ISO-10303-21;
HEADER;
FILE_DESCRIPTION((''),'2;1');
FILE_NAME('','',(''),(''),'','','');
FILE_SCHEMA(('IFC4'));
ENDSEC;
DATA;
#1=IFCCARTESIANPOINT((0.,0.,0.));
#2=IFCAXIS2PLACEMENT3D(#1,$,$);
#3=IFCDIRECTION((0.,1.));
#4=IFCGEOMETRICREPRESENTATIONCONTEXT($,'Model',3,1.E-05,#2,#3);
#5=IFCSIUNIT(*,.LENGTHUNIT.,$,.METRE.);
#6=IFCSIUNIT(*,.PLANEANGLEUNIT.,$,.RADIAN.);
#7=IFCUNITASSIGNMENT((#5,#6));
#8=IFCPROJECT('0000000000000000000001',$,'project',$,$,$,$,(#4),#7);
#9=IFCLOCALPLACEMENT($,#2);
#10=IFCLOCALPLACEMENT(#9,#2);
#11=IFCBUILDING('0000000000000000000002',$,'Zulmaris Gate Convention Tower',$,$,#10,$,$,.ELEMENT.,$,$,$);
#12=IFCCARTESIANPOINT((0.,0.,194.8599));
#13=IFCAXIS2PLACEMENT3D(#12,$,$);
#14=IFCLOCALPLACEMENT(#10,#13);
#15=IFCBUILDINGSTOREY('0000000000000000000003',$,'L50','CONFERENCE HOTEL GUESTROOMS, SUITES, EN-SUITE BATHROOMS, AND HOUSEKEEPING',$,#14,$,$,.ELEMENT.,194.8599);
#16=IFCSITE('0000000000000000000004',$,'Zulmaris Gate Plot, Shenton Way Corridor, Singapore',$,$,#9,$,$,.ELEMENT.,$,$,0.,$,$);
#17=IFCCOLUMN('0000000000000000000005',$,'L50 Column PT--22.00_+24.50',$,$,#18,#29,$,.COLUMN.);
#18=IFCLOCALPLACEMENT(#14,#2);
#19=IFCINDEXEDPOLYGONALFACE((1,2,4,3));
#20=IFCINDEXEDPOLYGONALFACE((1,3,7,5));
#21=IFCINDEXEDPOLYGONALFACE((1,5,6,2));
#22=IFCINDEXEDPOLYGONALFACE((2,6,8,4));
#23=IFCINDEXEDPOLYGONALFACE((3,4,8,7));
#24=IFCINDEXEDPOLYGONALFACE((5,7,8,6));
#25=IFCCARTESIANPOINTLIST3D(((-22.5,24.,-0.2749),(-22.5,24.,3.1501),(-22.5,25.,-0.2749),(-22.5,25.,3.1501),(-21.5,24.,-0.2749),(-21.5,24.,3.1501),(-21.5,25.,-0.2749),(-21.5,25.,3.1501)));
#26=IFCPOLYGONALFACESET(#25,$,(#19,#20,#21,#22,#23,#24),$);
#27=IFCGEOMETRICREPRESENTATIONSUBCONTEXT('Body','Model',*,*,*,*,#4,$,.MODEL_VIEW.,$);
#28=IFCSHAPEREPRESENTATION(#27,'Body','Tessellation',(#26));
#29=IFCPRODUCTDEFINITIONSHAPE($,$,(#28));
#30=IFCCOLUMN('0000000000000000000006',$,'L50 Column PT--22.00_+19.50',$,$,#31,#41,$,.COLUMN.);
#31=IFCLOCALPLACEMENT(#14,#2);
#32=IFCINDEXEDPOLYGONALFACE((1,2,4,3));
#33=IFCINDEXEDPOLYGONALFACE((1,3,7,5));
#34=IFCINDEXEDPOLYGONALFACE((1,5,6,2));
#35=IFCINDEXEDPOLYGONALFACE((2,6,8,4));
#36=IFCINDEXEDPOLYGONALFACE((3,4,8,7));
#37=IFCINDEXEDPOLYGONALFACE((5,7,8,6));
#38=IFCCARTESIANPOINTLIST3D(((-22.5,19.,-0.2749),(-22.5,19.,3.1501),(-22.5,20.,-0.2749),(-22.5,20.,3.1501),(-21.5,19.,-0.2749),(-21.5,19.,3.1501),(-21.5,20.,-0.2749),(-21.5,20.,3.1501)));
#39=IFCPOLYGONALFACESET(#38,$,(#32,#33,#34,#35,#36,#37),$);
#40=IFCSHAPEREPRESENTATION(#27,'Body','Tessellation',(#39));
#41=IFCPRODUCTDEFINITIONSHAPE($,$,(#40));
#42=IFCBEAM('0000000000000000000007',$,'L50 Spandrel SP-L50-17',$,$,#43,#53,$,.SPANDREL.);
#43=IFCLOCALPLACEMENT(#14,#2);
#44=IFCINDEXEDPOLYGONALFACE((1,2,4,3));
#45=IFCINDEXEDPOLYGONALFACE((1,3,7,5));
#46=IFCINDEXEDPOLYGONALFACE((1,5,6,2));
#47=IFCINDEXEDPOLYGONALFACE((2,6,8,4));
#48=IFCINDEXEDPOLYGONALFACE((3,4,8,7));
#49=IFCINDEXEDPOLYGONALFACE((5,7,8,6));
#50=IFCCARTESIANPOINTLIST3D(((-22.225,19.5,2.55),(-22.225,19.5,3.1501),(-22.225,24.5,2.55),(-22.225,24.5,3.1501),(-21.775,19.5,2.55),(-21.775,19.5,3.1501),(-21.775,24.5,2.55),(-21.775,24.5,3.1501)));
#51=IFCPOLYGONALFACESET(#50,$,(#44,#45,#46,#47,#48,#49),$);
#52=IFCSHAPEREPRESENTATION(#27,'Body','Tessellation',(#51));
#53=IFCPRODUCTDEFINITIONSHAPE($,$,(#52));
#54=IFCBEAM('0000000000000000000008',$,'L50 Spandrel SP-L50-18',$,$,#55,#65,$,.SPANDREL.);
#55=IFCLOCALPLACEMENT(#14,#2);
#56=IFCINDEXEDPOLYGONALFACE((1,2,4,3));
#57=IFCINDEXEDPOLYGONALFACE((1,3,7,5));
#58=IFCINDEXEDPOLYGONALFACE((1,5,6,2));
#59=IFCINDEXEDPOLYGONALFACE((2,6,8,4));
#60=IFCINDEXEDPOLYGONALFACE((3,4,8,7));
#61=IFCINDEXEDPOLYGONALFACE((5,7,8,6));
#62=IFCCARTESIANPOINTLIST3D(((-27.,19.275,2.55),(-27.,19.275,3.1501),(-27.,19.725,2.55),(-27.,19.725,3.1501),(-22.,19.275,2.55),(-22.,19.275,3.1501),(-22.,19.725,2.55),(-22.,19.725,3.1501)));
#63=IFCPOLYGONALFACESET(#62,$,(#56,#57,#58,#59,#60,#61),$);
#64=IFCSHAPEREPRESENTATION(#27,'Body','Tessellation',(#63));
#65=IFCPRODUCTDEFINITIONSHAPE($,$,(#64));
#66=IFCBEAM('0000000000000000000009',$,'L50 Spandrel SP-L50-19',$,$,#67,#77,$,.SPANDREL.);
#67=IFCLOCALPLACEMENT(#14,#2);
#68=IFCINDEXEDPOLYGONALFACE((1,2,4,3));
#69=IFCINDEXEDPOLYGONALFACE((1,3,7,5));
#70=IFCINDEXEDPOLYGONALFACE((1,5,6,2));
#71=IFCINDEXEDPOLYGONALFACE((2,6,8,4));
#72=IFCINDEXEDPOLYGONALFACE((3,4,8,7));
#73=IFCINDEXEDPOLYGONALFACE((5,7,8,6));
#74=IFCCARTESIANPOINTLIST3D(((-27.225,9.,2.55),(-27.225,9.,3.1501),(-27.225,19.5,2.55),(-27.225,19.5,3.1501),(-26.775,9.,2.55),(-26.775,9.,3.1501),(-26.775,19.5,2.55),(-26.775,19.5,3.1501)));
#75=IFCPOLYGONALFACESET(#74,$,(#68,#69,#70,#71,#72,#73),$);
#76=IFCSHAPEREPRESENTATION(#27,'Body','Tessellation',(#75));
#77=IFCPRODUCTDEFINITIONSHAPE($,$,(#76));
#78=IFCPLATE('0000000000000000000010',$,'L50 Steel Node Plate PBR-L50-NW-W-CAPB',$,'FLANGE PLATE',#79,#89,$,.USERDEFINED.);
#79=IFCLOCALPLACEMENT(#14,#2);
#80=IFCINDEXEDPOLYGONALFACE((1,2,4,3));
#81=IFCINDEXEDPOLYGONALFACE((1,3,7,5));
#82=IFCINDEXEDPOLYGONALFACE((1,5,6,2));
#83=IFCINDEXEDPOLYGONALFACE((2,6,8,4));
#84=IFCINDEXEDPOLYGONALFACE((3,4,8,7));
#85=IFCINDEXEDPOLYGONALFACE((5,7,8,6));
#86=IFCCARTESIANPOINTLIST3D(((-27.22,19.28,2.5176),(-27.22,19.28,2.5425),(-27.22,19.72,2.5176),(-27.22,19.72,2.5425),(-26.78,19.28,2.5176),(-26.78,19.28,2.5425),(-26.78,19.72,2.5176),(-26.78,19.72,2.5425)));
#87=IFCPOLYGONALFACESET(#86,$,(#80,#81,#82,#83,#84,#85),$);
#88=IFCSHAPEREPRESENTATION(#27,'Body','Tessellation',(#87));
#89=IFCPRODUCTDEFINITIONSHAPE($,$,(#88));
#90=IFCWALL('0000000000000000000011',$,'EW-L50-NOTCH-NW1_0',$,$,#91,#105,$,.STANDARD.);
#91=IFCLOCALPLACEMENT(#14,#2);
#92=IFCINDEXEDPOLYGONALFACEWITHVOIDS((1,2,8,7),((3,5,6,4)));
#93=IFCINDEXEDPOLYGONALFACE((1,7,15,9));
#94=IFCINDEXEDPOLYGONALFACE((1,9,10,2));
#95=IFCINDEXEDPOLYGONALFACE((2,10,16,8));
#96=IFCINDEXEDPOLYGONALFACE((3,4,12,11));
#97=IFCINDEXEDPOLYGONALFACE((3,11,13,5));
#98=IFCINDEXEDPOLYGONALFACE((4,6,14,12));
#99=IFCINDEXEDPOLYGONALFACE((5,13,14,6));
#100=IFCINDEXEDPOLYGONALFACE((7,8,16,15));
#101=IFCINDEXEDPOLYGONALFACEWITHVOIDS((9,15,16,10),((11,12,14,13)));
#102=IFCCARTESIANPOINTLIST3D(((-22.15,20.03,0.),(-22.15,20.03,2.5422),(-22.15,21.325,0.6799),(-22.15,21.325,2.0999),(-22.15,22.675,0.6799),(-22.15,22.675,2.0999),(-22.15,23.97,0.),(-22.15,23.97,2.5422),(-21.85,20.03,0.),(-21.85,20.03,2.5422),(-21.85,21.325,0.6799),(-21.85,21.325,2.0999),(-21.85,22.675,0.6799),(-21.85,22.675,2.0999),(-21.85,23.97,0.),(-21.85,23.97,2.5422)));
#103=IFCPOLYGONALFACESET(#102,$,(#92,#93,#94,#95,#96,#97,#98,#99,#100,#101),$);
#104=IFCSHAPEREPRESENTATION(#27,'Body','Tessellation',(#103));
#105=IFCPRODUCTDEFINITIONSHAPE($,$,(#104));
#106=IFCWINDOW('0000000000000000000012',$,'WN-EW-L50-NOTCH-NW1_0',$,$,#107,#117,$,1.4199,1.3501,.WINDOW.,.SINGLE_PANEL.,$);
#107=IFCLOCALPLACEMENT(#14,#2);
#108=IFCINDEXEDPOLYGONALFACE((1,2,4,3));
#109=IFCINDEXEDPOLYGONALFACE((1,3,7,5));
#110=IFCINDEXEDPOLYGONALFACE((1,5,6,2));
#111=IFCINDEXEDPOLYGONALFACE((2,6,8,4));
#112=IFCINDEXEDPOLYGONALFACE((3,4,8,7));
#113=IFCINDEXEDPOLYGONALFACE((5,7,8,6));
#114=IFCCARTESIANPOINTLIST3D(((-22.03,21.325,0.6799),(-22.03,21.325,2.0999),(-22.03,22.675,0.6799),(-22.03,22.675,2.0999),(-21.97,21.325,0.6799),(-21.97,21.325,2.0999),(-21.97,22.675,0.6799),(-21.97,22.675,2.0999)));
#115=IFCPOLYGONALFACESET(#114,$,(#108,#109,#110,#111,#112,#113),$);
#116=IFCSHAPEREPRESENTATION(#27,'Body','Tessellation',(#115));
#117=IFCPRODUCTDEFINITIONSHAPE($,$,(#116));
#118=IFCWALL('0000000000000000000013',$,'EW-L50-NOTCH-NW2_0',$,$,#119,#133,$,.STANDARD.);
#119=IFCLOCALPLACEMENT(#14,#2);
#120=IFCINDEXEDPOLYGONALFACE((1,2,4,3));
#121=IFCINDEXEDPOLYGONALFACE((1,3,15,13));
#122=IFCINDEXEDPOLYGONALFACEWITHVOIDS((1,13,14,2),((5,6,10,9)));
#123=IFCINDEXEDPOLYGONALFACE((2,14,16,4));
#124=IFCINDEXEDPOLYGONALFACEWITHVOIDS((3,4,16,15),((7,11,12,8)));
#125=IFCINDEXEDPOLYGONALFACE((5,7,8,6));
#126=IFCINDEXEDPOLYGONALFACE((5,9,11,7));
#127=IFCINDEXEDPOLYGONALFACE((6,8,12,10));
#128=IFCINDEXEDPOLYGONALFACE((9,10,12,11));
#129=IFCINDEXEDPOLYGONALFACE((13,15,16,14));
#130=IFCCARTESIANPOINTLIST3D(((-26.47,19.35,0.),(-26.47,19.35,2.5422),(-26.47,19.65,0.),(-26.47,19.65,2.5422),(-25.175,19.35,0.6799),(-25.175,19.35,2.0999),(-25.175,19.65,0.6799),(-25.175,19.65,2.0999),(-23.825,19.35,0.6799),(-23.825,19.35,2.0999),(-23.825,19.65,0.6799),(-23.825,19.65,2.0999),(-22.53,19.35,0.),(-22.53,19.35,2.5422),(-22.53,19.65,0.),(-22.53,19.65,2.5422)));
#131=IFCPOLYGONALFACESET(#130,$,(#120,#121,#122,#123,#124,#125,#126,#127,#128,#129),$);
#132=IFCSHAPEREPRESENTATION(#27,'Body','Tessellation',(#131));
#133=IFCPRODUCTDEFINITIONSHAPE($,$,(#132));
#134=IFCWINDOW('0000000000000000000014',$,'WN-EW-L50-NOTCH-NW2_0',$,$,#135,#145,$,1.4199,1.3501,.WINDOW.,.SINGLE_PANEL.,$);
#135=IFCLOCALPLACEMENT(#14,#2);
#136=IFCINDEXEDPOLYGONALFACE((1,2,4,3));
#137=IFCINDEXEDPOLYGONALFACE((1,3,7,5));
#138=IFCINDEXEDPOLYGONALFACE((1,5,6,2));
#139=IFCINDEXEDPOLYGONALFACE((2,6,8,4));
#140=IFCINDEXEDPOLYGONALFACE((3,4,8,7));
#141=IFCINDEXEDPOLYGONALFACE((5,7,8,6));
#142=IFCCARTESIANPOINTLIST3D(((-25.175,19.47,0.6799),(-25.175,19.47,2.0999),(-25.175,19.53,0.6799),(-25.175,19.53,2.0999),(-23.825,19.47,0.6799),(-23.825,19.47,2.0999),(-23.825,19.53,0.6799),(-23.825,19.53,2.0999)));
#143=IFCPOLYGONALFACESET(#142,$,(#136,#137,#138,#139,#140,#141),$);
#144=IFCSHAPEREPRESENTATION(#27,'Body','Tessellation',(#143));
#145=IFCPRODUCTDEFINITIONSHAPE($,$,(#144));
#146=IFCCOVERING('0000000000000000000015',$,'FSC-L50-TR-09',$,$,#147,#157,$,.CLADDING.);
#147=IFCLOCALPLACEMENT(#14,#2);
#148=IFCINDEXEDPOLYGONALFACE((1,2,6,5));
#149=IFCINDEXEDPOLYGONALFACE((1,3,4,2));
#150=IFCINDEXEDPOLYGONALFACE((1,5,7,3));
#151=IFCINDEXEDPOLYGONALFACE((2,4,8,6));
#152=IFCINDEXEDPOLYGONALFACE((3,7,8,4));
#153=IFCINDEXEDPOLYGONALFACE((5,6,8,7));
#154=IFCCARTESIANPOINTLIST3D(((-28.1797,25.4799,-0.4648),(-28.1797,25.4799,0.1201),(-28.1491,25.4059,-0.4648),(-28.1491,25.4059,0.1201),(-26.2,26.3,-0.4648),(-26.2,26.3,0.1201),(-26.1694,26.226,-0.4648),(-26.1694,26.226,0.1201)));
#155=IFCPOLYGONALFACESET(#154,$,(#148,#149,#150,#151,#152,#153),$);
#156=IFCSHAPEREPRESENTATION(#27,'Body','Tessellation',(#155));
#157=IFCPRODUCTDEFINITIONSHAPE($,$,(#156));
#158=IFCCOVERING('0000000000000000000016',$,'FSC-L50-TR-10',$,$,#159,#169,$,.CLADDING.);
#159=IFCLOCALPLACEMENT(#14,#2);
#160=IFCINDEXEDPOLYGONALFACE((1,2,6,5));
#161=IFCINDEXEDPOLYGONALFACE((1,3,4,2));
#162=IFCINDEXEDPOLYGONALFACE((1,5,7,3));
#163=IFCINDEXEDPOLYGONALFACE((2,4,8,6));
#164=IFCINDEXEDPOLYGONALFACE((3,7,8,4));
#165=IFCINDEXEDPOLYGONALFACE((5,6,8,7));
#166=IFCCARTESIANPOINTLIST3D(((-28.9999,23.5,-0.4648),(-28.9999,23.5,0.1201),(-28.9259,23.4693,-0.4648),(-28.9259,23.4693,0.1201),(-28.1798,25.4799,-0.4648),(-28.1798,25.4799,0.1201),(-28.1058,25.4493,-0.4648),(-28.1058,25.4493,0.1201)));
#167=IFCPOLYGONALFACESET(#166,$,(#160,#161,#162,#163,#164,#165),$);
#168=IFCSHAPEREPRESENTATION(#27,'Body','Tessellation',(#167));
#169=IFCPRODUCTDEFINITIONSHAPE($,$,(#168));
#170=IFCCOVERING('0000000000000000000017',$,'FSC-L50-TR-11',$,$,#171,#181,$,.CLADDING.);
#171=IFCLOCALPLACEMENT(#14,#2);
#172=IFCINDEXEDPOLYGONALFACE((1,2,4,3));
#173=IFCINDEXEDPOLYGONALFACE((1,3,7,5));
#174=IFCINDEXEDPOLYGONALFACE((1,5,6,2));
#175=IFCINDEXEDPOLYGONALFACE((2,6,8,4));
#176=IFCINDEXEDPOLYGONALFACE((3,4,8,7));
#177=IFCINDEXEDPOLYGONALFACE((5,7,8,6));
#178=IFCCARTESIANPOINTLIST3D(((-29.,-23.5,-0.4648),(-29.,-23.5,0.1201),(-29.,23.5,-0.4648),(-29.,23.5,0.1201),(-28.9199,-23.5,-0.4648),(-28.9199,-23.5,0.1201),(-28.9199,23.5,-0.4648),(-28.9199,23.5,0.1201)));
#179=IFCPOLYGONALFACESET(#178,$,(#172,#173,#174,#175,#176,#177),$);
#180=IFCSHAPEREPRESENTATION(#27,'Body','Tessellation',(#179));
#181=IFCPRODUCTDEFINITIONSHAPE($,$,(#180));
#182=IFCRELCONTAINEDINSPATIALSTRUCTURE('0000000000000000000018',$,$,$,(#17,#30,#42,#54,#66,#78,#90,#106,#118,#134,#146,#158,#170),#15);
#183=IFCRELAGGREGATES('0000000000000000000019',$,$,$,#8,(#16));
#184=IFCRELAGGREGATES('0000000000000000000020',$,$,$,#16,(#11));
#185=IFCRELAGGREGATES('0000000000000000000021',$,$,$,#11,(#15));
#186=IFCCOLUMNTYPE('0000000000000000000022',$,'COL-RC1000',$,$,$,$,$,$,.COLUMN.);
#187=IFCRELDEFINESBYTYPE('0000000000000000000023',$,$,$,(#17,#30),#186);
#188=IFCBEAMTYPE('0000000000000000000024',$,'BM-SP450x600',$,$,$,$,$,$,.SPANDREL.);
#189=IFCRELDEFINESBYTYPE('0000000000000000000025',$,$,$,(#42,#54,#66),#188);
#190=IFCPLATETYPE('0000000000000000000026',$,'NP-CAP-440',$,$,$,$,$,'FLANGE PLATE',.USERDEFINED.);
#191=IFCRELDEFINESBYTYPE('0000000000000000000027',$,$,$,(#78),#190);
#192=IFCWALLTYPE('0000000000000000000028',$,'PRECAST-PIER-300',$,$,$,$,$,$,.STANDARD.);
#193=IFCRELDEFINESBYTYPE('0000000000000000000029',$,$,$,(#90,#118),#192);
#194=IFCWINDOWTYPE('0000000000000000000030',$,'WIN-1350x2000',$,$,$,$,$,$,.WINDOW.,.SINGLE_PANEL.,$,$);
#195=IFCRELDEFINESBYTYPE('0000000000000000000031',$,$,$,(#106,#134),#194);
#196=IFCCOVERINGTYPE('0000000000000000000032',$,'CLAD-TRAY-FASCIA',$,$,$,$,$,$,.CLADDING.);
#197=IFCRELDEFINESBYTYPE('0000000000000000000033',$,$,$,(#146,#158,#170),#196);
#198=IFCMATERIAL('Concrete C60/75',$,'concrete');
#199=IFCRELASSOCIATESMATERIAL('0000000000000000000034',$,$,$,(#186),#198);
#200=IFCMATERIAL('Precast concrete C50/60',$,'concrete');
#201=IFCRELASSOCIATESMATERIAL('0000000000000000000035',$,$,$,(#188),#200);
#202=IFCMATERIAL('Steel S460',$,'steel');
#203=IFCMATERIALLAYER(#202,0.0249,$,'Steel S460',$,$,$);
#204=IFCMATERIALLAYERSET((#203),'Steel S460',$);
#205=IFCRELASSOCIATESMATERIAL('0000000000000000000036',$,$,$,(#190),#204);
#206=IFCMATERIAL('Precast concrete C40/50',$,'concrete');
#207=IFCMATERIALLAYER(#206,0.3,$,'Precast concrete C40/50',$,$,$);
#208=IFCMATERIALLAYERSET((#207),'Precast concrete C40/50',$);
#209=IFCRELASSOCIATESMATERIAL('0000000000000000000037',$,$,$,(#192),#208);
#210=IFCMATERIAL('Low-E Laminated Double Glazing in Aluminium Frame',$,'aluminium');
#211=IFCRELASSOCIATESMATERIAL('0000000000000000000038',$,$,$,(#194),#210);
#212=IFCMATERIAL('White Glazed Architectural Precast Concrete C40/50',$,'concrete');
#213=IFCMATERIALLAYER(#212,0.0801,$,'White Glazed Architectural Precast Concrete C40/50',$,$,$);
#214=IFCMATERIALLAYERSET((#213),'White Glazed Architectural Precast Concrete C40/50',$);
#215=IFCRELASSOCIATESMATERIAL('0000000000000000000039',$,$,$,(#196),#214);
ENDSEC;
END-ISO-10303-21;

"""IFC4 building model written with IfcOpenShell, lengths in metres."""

from ifc_helpers import new_model, si_unit, direction, frame, frame_2d, origin, origin_2d, place, context, subcontext, project, spatial, rectangle, extrude, material, layer, layer_set, material_profile, profile_set, type_object, element, fill, save


model = new_model("IFC4")

# Units and contexts
model_context = context("Model", 3, precision=1e-05, world=origin(), true_north=direction((0.0, 1.0)))
body_context = subcontext(model_context, "Body", "Model", "MODEL_VIEW")
ifc_project = project(units=[si_unit("LENGTHUNIT", "METRE"), si_unit("PLANEANGLEUNIT", "RADIAN")], contexts=[model_context])

# Site, building, storey
site_placement = place(None, origin())
site = spatial("IfcSite", under=ifc_project, at=site_placement, Name="Zulmaris Gate Plot, Shenton Way Corridor, Singapore", CompositionType="ELEMENT", RefElevation=0.0)
building_placement = place(site_placement, origin())
building = spatial("IfcBuilding", under=site, at=building_placement, Name="Zulmaris Gate Convention Tower", CompositionType="ELEMENT")
storey_placement = place(building_placement, frame((0.0, 0.0, 194.8599)))
storey = spatial("IfcBuildingStorey", under=building, at=storey_placement, Name="L50", Description="CONFERENCE HOTEL GUESTROOMS, SUITES, EN-SUITE BATHROOMS, AND HOUSEKEEPING", CompositionType="ELEMENT", Elevation=194.8599)

# Columns
ifc_material_1 = material(Name="Concrete C60/75", Category="concrete")
ifc_material_profile_1 = material_profile(ifc_material_1, rectangle(XDim=1.0, YDim=1.0, at=origin_2d()), Name="RC COL 1000x1000")
ifc_profile_set_1 = profile_set([ifc_material_profile_1], Name="Concrete C60/75")
column_type = type_object("IfcColumnType", Name="COL-RC1000", PredefinedType="COLUMN", material=ifc_profile_set_1)
for number, where, z_axis, x_axis, name in (
    (1, (-22.0, 24.5, -0.2749), (0.0, 0.0, 1.0), (1.0, 0.0, 0.0), "L50 Column PT--22.00_+24.50"),
    (2, (-22.0, 19.5, -0.2749), (0.0, 0.0, 1.0), (1.0, 0.0, 0.0), "L50 Column PT--22.00_+19.50"),
):
    element("IfcColumn", number, at=place(storey_placement, frame(where, z_axis=z_axis, x_axis=x_axis)), inside=storey, type_object=column_type, Name=name, PredefinedType="COLUMN", context=body_context, shape_type="SweptSolid", body=[
        extrude(rectangle(XDim=1.0, YDim=1.0, at=origin_2d()), origin(), (0.0, 0.0, 1.0), 3.425),
    ])

# Beams
ifc_material_2 = material(Name="Precast concrete C50/60", Category="concrete")
ifc_material_profile_2 = material_profile(ifc_material_2, rectangle(XDim=0.45, YDim=0.6001, at=origin_2d()), Name="RC SPANDREL 450x600")
ifc_profile_set_2 = profile_set([ifc_material_profile_2], Name="Precast concrete C50/60")
beam_type = type_object("IfcBeamType", Name="BM-SP450x600", PredefinedType="SPANDREL", material=ifc_profile_set_2)
for number, where, z_axis, x_axis, name in (
    (3, (-22.0, 24.5, 2.8501), (0.0, -1.0, 0.0), (1.0, 0.0, 0.0), "L50 Spandrel SP-L50-17"),
    (4, (-22.0, 19.5, 2.8501), (-1.0, 0.0, 0.0), (0.0, -1.0, 0.0), "L50 Spandrel SP-L50-18"),
):
    element("IfcBeam", number, at=place(storey_placement, frame(where, z_axis=z_axis, x_axis=x_axis)), inside=storey, type_object=beam_type, Name=name, PredefinedType="SPANDREL", context=body_context, shape_type="SweptSolid", body=[
        extrude(rectangle(XDim=0.45, YDim=0.6001, at=origin_2d()), origin(), (0.0, 0.0, 1.0), 5.0),
    ])
beam_placement = place(storey_placement, frame((-27.0, 19.5, 2.8501), z_axis=(0.0, -1.0, 0.0), x_axis=(1.0, 0.0, 0.0)))
element("IfcBeam", 5, at=beam_placement, inside=storey, type_object=beam_type, Name="L50 Spandrel SP-L50-19", PredefinedType="SPANDREL", context=body_context, shape_type="SweptSolid", body=[
    extrude(rectangle(XDim=0.45, YDim=0.6001, at=origin_2d()), origin(), (0.0, 0.0, 1.0), 10.5),
])

# Plate
ifc_material_3 = material(Name="Steel S460", Category="steel")
ifc_layer_1 = layer(ifc_material_3, 0.0249, Name="Steel S460")
ifc_layer_set_1 = layer_set([ifc_layer_1], Name="Steel S460")
plate_type = type_object("IfcPlateType", Name="NP-CAP-440", ElementType="FLANGE PLATE", PredefinedType="USERDEFINED", material=ifc_layer_set_1)
plate_placement = place(storey_placement, frame((-27.0, 19.5, 2.5176), z_axis=(0.0, 0.0, 1.0), x_axis=(1.0, 0.0, 0.0)))
element("IfcPlate", 6, at=plate_placement, inside=storey, type_object=plate_type, Name="L50 Steel Node Plate PBR-L50-NW-W-CAPB", ObjectType="FLANGE PLATE", PredefinedType="USERDEFINED", context=body_context, shape_type="SweptSolid", body=[
    extrude(rectangle(XDim=0.4399, YDim=0.4399, at=origin_2d()), origin(), (0.0, 0.0, 1.0), 0.0249),
])

# Walls, openings, windows
ifc_material_4 = material(Name="Precast concrete C40/50", Category="concrete")
ifc_layer_2 = layer(ifc_material_4, 0.3, Name="Precast concrete C40/50")
ifc_layer_set_2 = layer_set([ifc_layer_2], Name="Precast concrete C40/50")
wall_type = type_object("IfcWallType", Name="PRECAST-PIER-300", PredefinedType="STANDARD", material=ifc_layer_set_2)
wall_1_placement = place(storey_placement, frame((-22.0, 23.97, 0.0), z_axis=(0.0, 0.0, 1.0), x_axis=(0.0, -1.0, 0.0)))
wall_1 = element("IfcWall", 7, at=wall_1_placement, inside=storey, type_object=wall_type, Name="EW-L50-NOTCH-NW1_0", PredefinedType="STANDARD", context=body_context, shape_type="SweptSolid", body=[
    extrude(rectangle(XDim=3.9399, YDim=0.3, at=frame_2d((1.97, 0.0))), origin(), (0.0, 0.0, 1.0), 2.5422),
])
opening_1_placement = place(wall_1_placement, frame((1.2949, 0.0, 0.6799)))
opening_1 = element("IfcOpeningElement", 8, at=opening_1_placement, cuts=wall_1, PredefinedType="OPENING", context=body_context, shape_type="SweptSolid", body=[
    extrude(rectangle(XDim=1.3501, YDim=1.4199, at=frame_2d((0.675, 0.71))), frame((0.0, 0.1602, 0.0), z_axis=(0.0, -1.0, 0.0), x_axis=(1.0, 0.0, 0.0)), (0.0, 0.0, 1.0), 0.3201),
])
ifc_material_5 = material(Name="Low-E Laminated Double Glazing in Aluminium Frame", Category="aluminium")
window_type = type_object("IfcWindowType", Name="WIN-1350x2000", PartitioningType="SINGLE_PANEL", PredefinedType="WINDOW", material=ifc_material_5)
window_1_placement = place(opening_1_placement, origin())
window_1 = element("IfcWindow", 9, at=window_1_placement, inside=storey, type_object=window_type, Name="WN-EW-L50-NOTCH-NW1_0", OverallHeight=1.4199, OverallWidth=1.3501, PartitioningType="SINGLE_PANEL", PredefinedType="WINDOW", context=body_context, shape_type="SweptSolid", body=[
    extrude(rectangle(XDim=1.3501, YDim=1.4199, at=frame_2d((0.675, 0.71))), frame((0.0, 0.03, 0.0), z_axis=(0.0, -1.0, 0.0), x_axis=(1.0, 0.0, 0.0)), (0.0, 0.0, 1.0), 0.0601),
])
fill(opening_1, window_1)
wall_2_placement = place(storey_placement, frame((-22.53, 19.5, 0.0), z_axis=(0.0, 0.0, 1.0), x_axis=(-1.0, 0.0, 0.0)))
wall_2 = element("IfcWall", 10, at=wall_2_placement, inside=storey, type_object=wall_type, Name="EW-L50-NOTCH-NW2_0", PredefinedType="STANDARD", context=body_context, shape_type="SweptSolid", body=[
    extrude(rectangle(XDim=3.9399, YDim=0.3, at=frame_2d((1.97, 0.0))), origin(), (0.0, 0.0, 1.0), 2.5422),
])
opening_2_placement = place(wall_2_placement, frame((1.2949, 0.0, 0.6799)))
opening_2 = element("IfcOpeningElement", 11, at=opening_2_placement, cuts=wall_2, PredefinedType="OPENING", context=body_context, shape_type="SweptSolid", body=[
    extrude(rectangle(XDim=1.3501, YDim=1.4199, at=frame_2d((0.675, 0.71))), frame((0.0, 0.1602, 0.0), z_axis=(0.0, -1.0, 0.0), x_axis=(1.0, 0.0, 0.0)), (0.0, 0.0, 1.0), 0.3201),
])
window_2_placement = place(opening_2_placement, origin())
window_2 = element("IfcWindow", 12, at=window_2_placement, inside=storey, type_object=window_type, Name="WN-EW-L50-NOTCH-NW2_0", OverallHeight=1.4199, OverallWidth=1.3501, PartitioningType="SINGLE_PANEL", PredefinedType="WINDOW", context=body_context, shape_type="SweptSolid", body=[
    extrude(rectangle(XDim=1.3501, YDim=1.4199, at=frame_2d((0.675, 0.71))), frame((0.0, 0.03, 0.0), z_axis=(0.0, -1.0, 0.0), x_axis=(1.0, 0.0, 0.0)), (0.0, 0.0, 1.0), 0.0601),
])
fill(opening_2, window_2)

# Coverings
ifc_material_6 = material(Name="White Glazed Architectural Precast Concrete C40/50", Category="concrete")
ifc_layer_3 = layer(ifc_material_6, 0.0801, Name="White Glazed Architectural Precast Concrete C40/50")
ifc_layer_set_3 = layer_set([ifc_layer_3], Name="White Glazed Architectural Precast Concrete C40/50")
covering_type = type_object("IfcCoveringType", Name="CLAD-TRAY-FASCIA", PredefinedType="CLADDING", material=ifc_layer_set_3)
covering_1_placement = place(storey_placement, frame((-26.1848, 26.2629, -0.4648), z_axis=(0.0, 0.0, 1.0), x_axis=(-0.923874, -0.382697, 0.0)))
element("IfcCovering", 13, at=covering_1_placement, inside=storey, type_object=covering_type, Name="FSC-L50-TR-09", PredefinedType="CLADDING", context=body_context, shape_type="SweptSolid", body=[
    extrude(rectangle(XDim=2.1428, YDim=0.0801, at=frame_2d((1.0713, 0.0))), origin(), (0.0, 0.0, 1.0), 0.585),
])
covering_2_placement = place(storey_placement, frame((-28.1428, 25.4646, -0.4648), z_axis=(0.0, 0.0, 1.0), x_axis=(-0.382657, -0.92389, 0.0)))
element("IfcCovering", 14, at=covering_2_placement, inside=storey, type_object=covering_type, Name="FSC-L50-TR-10", PredefinedType="CLADDING", context=body_context, shape_type="SweptSolid", body=[
    extrude(rectangle(XDim=2.1431, YDim=0.0801, at=frame_2d((1.0715, 0.0))), origin(), (0.0, 0.0, 1.0), 0.585),
])
covering_3_placement = place(storey_placement, frame((-28.96, 23.5, -0.4648), z_axis=(0.0, 0.0, 1.0), x_axis=(0.0, -1.0, 0.0)))
element("IfcCovering", 15, at=covering_3_placement, inside=storey, type_object=covering_type, Name="FSC-L50-TR-11", PredefinedType="CLADDING", context=body_context, shape_type="SweptSolid", body=[
    extrude(rectangle(XDim=47.0, YDim=0.0801, at=frame_2d((23.5, 0.0))), origin(), (0.0, 0.0, 1.0), 0.585),
])

save(model, "model.ifc")
